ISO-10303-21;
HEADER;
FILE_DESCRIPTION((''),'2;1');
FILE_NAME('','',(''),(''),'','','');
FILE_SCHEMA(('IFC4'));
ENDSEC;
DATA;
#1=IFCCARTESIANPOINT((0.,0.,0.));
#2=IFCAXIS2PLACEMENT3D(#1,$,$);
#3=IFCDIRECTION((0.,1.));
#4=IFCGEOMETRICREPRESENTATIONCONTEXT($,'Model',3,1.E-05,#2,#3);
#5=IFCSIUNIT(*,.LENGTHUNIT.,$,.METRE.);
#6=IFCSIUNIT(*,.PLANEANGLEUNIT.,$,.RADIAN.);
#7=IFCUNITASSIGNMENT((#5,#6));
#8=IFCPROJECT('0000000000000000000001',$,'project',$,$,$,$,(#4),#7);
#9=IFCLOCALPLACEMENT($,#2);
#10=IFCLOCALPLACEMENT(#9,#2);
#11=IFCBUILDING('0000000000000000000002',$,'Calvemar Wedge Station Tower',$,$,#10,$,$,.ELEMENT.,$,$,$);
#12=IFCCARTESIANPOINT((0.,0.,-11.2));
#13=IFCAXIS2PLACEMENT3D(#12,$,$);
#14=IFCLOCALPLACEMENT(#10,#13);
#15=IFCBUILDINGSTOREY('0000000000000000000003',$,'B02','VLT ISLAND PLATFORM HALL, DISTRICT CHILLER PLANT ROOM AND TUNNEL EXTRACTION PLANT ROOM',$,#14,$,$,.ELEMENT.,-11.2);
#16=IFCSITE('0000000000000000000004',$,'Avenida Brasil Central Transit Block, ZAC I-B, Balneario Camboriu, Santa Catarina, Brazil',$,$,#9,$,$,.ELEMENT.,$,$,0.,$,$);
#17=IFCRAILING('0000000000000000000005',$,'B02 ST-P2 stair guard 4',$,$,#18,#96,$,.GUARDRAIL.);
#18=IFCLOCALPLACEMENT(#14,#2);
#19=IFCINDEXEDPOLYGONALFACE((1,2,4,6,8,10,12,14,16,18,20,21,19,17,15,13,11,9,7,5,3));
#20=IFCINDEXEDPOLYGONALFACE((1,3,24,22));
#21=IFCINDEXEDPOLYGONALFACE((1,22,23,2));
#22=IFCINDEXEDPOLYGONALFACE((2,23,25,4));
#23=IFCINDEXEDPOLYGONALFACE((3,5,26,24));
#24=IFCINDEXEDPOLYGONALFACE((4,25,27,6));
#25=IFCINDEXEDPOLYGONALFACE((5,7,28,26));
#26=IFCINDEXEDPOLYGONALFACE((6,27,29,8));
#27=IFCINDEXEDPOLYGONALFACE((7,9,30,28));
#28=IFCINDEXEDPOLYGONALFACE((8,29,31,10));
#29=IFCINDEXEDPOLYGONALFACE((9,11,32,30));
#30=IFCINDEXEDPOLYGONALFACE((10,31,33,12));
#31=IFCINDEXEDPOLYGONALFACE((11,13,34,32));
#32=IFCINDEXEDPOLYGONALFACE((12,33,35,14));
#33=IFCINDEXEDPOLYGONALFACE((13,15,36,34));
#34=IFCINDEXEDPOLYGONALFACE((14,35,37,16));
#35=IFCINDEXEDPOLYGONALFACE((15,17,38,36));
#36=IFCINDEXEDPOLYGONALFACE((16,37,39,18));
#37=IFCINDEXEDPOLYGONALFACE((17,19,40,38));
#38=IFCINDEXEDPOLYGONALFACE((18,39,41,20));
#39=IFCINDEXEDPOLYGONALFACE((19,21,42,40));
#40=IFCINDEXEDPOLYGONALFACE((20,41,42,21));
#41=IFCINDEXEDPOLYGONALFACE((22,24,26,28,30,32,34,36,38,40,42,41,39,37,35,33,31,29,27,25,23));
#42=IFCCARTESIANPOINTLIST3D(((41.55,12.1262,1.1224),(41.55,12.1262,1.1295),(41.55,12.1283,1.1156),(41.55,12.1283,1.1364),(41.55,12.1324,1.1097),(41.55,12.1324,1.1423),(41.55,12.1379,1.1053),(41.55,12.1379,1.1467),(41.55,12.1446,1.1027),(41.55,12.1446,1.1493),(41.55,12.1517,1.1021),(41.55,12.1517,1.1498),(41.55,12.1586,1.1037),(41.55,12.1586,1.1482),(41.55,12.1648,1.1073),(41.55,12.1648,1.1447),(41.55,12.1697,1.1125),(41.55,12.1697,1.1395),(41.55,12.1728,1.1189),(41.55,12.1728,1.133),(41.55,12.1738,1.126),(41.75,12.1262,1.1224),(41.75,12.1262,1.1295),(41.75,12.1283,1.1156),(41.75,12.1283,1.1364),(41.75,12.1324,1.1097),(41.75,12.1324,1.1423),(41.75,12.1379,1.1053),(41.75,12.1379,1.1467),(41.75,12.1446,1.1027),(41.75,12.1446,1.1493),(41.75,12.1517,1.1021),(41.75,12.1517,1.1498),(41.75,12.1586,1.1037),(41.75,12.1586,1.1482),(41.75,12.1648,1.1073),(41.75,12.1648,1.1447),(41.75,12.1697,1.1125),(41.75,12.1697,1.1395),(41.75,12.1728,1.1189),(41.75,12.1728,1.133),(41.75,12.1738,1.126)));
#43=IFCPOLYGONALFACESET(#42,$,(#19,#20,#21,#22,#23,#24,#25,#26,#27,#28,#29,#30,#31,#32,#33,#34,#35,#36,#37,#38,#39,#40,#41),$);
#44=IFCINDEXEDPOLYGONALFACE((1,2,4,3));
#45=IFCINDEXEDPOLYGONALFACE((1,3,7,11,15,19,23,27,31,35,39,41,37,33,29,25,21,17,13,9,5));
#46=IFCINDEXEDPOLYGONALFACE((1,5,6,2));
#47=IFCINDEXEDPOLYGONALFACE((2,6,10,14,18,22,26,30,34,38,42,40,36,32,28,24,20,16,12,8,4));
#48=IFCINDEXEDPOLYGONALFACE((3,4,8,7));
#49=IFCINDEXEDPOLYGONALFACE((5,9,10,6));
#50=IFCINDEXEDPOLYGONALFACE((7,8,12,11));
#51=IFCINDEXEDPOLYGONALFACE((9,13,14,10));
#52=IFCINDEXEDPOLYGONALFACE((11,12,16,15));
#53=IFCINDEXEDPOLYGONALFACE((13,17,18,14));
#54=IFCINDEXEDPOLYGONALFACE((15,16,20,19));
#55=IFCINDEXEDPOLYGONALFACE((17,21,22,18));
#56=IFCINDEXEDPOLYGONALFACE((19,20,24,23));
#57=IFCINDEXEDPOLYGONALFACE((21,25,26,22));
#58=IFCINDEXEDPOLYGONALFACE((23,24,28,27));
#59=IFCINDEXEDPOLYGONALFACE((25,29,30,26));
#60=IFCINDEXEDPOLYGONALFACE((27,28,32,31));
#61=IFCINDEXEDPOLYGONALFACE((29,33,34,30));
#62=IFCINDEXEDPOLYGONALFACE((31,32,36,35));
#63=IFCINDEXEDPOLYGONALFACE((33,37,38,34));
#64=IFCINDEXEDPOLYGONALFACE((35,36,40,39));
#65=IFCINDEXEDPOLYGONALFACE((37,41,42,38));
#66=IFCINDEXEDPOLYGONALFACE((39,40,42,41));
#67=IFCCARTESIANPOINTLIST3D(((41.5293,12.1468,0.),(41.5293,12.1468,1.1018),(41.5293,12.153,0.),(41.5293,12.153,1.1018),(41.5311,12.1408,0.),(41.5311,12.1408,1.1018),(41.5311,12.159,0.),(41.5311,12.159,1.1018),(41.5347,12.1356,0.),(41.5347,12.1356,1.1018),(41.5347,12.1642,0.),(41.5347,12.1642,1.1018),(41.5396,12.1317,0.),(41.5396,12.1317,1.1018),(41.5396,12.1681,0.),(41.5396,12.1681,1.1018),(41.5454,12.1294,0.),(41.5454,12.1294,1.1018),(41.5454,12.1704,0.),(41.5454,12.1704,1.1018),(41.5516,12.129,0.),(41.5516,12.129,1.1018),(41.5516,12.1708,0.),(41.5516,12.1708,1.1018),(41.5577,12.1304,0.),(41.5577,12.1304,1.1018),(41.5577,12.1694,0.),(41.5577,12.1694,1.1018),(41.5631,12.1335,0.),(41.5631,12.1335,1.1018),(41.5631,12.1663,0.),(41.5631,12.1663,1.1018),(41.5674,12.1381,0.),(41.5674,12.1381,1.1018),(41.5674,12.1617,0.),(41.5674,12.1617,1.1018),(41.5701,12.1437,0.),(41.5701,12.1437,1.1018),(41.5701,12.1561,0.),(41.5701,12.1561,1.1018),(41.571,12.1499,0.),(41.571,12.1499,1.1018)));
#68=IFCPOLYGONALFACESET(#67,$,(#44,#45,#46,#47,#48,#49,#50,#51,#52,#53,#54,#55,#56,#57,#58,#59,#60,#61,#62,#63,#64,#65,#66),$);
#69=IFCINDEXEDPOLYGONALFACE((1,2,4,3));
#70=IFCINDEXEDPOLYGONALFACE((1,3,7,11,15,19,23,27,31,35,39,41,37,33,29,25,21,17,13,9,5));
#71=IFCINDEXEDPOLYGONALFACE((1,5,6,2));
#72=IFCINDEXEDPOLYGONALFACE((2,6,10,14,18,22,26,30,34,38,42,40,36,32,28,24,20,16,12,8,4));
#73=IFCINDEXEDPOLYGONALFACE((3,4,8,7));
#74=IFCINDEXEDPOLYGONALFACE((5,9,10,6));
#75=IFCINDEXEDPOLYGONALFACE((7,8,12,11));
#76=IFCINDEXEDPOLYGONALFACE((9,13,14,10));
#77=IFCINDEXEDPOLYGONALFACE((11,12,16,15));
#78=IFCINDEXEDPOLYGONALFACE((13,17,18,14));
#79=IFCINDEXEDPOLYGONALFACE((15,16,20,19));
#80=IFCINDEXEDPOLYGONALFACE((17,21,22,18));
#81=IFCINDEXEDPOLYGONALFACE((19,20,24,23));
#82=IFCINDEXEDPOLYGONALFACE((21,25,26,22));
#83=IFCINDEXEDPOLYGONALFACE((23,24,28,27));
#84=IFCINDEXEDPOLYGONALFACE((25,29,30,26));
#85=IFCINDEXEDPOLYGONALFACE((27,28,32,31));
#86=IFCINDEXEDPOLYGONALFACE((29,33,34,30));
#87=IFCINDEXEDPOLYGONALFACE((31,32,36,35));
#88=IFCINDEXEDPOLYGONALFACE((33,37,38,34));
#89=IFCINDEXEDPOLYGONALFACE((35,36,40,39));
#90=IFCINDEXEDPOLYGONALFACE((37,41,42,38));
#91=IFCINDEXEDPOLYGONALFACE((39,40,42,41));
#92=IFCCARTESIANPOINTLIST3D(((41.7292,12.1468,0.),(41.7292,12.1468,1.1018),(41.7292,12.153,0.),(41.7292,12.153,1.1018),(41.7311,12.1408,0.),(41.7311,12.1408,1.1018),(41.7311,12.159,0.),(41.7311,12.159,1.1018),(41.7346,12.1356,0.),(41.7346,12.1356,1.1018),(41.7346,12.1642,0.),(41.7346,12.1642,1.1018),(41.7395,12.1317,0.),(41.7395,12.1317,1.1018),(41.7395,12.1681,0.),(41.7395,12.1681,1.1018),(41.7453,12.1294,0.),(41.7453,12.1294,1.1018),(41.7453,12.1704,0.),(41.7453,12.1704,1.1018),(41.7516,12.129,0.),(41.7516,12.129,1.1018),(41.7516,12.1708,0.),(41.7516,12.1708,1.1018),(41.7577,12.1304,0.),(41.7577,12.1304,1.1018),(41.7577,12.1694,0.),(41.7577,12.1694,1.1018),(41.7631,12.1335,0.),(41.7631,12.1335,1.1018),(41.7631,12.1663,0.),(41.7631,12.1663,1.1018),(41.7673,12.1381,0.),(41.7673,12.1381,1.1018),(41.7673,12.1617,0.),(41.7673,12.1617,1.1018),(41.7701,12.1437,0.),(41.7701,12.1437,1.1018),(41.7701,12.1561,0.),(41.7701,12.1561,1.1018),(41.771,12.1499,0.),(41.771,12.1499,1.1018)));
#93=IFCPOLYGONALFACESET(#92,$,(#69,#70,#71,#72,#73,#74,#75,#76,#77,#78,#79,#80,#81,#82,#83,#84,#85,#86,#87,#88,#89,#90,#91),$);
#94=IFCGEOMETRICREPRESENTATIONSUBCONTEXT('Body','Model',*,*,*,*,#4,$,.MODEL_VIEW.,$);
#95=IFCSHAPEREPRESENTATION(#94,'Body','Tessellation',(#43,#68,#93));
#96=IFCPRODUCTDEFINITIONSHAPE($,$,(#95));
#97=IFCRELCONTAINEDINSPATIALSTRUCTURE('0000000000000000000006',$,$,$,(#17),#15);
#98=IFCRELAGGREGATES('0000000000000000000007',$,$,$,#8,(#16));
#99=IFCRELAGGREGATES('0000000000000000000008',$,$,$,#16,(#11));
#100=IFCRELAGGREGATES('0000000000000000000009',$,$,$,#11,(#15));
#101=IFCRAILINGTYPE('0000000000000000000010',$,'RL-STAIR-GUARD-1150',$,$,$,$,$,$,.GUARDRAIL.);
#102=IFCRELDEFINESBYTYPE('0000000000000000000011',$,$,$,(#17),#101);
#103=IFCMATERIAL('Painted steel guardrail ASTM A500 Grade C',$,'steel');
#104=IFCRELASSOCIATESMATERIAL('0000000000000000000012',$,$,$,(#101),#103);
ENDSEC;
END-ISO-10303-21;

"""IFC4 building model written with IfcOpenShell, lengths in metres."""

from ifc_helpers import new_model, si_unit, direction, frame, origin, origin_2d, place, context, subcontext, project, spatial, circle, extrude, material, type_object, element, save


model = new_model("IFC4")

# Units and contexts
model_context = context("Model", 3, precision=1e-05, world=origin(), true_north=direction((0.0, 1.0)))
body_context = subcontext(model_context, "Body", "Model", "MODEL_VIEW")
ifc_project = project(units=[si_unit("LENGTHUNIT", "METRE"), si_unit("PLANEANGLEUNIT", "RADIAN")], contexts=[model_context])

# Site, building, storey
site_placement = place(None, origin())
site = spatial("IfcSite", under=ifc_project, at=site_placement, Name="Avenida Brasil Central Transit Block, ZAC I-B, Balneario Camboriu, Santa Catarina, Brazil", CompositionType="ELEMENT", RefElevation=0.0)
building_placement = place(site_placement, origin())
building = spatial("IfcBuilding", under=site, at=building_placement, Name="Calvemar Wedge Station Tower", CompositionType="ELEMENT")
storey_placement = place(building_placement, frame((0.0, 0.0, -11.2)))
storey = spatial("IfcBuildingStorey", under=building, at=storey_placement, Name="B02", Description="VLT ISLAND PLATFORM HALL, DISTRICT CHILLER PLANT ROOM AND TUNNEL EXTRACTION PLANT ROOM", CompositionType="ELEMENT", Elevation=-11.2)

# Railing
ifc_material_1 = material(Name="Painted steel guardrail ASTM A500 Grade C", Category="steel")
railing_type = type_object("IfcRailingType", Name="RL-STAIR-GUARD-1150", PredefinedType="GUARDRAIL", material=ifc_material_1)
railing_1_placement = place(storey_placement, frame((41.55, 12.1499, 0.0)))
element("IfcRailing", 1, at=railing_1_placement, inside=storey, type_object=railing_type, Name="B02 ST-P2 stair guard 4", PredefinedType="GUARDRAIL", context=body_context, shape_type="SweptSolid", body=[
    extrude(circle(Radius=0.0239, at=origin_2d()), frame((0.0, 0.0, 1.126), z_axis=(1.0, 0.0, 0.0), x_axis=(0.0, 1.0, 0.0)), (0.0, 0.0, 1.0), 0.2),
    extrude(circle(Radius=0.021, at=origin_2d()), origin(), (0.0, 0.0, 1.0), 1.1018),
    extrude(circle(Radius=0.021, at=origin_2d()), frame((0.2, 0.0, 0.0)), (0.0, 0.0, 1.0), 1.1018),
])

save(model, "model.ifc")
